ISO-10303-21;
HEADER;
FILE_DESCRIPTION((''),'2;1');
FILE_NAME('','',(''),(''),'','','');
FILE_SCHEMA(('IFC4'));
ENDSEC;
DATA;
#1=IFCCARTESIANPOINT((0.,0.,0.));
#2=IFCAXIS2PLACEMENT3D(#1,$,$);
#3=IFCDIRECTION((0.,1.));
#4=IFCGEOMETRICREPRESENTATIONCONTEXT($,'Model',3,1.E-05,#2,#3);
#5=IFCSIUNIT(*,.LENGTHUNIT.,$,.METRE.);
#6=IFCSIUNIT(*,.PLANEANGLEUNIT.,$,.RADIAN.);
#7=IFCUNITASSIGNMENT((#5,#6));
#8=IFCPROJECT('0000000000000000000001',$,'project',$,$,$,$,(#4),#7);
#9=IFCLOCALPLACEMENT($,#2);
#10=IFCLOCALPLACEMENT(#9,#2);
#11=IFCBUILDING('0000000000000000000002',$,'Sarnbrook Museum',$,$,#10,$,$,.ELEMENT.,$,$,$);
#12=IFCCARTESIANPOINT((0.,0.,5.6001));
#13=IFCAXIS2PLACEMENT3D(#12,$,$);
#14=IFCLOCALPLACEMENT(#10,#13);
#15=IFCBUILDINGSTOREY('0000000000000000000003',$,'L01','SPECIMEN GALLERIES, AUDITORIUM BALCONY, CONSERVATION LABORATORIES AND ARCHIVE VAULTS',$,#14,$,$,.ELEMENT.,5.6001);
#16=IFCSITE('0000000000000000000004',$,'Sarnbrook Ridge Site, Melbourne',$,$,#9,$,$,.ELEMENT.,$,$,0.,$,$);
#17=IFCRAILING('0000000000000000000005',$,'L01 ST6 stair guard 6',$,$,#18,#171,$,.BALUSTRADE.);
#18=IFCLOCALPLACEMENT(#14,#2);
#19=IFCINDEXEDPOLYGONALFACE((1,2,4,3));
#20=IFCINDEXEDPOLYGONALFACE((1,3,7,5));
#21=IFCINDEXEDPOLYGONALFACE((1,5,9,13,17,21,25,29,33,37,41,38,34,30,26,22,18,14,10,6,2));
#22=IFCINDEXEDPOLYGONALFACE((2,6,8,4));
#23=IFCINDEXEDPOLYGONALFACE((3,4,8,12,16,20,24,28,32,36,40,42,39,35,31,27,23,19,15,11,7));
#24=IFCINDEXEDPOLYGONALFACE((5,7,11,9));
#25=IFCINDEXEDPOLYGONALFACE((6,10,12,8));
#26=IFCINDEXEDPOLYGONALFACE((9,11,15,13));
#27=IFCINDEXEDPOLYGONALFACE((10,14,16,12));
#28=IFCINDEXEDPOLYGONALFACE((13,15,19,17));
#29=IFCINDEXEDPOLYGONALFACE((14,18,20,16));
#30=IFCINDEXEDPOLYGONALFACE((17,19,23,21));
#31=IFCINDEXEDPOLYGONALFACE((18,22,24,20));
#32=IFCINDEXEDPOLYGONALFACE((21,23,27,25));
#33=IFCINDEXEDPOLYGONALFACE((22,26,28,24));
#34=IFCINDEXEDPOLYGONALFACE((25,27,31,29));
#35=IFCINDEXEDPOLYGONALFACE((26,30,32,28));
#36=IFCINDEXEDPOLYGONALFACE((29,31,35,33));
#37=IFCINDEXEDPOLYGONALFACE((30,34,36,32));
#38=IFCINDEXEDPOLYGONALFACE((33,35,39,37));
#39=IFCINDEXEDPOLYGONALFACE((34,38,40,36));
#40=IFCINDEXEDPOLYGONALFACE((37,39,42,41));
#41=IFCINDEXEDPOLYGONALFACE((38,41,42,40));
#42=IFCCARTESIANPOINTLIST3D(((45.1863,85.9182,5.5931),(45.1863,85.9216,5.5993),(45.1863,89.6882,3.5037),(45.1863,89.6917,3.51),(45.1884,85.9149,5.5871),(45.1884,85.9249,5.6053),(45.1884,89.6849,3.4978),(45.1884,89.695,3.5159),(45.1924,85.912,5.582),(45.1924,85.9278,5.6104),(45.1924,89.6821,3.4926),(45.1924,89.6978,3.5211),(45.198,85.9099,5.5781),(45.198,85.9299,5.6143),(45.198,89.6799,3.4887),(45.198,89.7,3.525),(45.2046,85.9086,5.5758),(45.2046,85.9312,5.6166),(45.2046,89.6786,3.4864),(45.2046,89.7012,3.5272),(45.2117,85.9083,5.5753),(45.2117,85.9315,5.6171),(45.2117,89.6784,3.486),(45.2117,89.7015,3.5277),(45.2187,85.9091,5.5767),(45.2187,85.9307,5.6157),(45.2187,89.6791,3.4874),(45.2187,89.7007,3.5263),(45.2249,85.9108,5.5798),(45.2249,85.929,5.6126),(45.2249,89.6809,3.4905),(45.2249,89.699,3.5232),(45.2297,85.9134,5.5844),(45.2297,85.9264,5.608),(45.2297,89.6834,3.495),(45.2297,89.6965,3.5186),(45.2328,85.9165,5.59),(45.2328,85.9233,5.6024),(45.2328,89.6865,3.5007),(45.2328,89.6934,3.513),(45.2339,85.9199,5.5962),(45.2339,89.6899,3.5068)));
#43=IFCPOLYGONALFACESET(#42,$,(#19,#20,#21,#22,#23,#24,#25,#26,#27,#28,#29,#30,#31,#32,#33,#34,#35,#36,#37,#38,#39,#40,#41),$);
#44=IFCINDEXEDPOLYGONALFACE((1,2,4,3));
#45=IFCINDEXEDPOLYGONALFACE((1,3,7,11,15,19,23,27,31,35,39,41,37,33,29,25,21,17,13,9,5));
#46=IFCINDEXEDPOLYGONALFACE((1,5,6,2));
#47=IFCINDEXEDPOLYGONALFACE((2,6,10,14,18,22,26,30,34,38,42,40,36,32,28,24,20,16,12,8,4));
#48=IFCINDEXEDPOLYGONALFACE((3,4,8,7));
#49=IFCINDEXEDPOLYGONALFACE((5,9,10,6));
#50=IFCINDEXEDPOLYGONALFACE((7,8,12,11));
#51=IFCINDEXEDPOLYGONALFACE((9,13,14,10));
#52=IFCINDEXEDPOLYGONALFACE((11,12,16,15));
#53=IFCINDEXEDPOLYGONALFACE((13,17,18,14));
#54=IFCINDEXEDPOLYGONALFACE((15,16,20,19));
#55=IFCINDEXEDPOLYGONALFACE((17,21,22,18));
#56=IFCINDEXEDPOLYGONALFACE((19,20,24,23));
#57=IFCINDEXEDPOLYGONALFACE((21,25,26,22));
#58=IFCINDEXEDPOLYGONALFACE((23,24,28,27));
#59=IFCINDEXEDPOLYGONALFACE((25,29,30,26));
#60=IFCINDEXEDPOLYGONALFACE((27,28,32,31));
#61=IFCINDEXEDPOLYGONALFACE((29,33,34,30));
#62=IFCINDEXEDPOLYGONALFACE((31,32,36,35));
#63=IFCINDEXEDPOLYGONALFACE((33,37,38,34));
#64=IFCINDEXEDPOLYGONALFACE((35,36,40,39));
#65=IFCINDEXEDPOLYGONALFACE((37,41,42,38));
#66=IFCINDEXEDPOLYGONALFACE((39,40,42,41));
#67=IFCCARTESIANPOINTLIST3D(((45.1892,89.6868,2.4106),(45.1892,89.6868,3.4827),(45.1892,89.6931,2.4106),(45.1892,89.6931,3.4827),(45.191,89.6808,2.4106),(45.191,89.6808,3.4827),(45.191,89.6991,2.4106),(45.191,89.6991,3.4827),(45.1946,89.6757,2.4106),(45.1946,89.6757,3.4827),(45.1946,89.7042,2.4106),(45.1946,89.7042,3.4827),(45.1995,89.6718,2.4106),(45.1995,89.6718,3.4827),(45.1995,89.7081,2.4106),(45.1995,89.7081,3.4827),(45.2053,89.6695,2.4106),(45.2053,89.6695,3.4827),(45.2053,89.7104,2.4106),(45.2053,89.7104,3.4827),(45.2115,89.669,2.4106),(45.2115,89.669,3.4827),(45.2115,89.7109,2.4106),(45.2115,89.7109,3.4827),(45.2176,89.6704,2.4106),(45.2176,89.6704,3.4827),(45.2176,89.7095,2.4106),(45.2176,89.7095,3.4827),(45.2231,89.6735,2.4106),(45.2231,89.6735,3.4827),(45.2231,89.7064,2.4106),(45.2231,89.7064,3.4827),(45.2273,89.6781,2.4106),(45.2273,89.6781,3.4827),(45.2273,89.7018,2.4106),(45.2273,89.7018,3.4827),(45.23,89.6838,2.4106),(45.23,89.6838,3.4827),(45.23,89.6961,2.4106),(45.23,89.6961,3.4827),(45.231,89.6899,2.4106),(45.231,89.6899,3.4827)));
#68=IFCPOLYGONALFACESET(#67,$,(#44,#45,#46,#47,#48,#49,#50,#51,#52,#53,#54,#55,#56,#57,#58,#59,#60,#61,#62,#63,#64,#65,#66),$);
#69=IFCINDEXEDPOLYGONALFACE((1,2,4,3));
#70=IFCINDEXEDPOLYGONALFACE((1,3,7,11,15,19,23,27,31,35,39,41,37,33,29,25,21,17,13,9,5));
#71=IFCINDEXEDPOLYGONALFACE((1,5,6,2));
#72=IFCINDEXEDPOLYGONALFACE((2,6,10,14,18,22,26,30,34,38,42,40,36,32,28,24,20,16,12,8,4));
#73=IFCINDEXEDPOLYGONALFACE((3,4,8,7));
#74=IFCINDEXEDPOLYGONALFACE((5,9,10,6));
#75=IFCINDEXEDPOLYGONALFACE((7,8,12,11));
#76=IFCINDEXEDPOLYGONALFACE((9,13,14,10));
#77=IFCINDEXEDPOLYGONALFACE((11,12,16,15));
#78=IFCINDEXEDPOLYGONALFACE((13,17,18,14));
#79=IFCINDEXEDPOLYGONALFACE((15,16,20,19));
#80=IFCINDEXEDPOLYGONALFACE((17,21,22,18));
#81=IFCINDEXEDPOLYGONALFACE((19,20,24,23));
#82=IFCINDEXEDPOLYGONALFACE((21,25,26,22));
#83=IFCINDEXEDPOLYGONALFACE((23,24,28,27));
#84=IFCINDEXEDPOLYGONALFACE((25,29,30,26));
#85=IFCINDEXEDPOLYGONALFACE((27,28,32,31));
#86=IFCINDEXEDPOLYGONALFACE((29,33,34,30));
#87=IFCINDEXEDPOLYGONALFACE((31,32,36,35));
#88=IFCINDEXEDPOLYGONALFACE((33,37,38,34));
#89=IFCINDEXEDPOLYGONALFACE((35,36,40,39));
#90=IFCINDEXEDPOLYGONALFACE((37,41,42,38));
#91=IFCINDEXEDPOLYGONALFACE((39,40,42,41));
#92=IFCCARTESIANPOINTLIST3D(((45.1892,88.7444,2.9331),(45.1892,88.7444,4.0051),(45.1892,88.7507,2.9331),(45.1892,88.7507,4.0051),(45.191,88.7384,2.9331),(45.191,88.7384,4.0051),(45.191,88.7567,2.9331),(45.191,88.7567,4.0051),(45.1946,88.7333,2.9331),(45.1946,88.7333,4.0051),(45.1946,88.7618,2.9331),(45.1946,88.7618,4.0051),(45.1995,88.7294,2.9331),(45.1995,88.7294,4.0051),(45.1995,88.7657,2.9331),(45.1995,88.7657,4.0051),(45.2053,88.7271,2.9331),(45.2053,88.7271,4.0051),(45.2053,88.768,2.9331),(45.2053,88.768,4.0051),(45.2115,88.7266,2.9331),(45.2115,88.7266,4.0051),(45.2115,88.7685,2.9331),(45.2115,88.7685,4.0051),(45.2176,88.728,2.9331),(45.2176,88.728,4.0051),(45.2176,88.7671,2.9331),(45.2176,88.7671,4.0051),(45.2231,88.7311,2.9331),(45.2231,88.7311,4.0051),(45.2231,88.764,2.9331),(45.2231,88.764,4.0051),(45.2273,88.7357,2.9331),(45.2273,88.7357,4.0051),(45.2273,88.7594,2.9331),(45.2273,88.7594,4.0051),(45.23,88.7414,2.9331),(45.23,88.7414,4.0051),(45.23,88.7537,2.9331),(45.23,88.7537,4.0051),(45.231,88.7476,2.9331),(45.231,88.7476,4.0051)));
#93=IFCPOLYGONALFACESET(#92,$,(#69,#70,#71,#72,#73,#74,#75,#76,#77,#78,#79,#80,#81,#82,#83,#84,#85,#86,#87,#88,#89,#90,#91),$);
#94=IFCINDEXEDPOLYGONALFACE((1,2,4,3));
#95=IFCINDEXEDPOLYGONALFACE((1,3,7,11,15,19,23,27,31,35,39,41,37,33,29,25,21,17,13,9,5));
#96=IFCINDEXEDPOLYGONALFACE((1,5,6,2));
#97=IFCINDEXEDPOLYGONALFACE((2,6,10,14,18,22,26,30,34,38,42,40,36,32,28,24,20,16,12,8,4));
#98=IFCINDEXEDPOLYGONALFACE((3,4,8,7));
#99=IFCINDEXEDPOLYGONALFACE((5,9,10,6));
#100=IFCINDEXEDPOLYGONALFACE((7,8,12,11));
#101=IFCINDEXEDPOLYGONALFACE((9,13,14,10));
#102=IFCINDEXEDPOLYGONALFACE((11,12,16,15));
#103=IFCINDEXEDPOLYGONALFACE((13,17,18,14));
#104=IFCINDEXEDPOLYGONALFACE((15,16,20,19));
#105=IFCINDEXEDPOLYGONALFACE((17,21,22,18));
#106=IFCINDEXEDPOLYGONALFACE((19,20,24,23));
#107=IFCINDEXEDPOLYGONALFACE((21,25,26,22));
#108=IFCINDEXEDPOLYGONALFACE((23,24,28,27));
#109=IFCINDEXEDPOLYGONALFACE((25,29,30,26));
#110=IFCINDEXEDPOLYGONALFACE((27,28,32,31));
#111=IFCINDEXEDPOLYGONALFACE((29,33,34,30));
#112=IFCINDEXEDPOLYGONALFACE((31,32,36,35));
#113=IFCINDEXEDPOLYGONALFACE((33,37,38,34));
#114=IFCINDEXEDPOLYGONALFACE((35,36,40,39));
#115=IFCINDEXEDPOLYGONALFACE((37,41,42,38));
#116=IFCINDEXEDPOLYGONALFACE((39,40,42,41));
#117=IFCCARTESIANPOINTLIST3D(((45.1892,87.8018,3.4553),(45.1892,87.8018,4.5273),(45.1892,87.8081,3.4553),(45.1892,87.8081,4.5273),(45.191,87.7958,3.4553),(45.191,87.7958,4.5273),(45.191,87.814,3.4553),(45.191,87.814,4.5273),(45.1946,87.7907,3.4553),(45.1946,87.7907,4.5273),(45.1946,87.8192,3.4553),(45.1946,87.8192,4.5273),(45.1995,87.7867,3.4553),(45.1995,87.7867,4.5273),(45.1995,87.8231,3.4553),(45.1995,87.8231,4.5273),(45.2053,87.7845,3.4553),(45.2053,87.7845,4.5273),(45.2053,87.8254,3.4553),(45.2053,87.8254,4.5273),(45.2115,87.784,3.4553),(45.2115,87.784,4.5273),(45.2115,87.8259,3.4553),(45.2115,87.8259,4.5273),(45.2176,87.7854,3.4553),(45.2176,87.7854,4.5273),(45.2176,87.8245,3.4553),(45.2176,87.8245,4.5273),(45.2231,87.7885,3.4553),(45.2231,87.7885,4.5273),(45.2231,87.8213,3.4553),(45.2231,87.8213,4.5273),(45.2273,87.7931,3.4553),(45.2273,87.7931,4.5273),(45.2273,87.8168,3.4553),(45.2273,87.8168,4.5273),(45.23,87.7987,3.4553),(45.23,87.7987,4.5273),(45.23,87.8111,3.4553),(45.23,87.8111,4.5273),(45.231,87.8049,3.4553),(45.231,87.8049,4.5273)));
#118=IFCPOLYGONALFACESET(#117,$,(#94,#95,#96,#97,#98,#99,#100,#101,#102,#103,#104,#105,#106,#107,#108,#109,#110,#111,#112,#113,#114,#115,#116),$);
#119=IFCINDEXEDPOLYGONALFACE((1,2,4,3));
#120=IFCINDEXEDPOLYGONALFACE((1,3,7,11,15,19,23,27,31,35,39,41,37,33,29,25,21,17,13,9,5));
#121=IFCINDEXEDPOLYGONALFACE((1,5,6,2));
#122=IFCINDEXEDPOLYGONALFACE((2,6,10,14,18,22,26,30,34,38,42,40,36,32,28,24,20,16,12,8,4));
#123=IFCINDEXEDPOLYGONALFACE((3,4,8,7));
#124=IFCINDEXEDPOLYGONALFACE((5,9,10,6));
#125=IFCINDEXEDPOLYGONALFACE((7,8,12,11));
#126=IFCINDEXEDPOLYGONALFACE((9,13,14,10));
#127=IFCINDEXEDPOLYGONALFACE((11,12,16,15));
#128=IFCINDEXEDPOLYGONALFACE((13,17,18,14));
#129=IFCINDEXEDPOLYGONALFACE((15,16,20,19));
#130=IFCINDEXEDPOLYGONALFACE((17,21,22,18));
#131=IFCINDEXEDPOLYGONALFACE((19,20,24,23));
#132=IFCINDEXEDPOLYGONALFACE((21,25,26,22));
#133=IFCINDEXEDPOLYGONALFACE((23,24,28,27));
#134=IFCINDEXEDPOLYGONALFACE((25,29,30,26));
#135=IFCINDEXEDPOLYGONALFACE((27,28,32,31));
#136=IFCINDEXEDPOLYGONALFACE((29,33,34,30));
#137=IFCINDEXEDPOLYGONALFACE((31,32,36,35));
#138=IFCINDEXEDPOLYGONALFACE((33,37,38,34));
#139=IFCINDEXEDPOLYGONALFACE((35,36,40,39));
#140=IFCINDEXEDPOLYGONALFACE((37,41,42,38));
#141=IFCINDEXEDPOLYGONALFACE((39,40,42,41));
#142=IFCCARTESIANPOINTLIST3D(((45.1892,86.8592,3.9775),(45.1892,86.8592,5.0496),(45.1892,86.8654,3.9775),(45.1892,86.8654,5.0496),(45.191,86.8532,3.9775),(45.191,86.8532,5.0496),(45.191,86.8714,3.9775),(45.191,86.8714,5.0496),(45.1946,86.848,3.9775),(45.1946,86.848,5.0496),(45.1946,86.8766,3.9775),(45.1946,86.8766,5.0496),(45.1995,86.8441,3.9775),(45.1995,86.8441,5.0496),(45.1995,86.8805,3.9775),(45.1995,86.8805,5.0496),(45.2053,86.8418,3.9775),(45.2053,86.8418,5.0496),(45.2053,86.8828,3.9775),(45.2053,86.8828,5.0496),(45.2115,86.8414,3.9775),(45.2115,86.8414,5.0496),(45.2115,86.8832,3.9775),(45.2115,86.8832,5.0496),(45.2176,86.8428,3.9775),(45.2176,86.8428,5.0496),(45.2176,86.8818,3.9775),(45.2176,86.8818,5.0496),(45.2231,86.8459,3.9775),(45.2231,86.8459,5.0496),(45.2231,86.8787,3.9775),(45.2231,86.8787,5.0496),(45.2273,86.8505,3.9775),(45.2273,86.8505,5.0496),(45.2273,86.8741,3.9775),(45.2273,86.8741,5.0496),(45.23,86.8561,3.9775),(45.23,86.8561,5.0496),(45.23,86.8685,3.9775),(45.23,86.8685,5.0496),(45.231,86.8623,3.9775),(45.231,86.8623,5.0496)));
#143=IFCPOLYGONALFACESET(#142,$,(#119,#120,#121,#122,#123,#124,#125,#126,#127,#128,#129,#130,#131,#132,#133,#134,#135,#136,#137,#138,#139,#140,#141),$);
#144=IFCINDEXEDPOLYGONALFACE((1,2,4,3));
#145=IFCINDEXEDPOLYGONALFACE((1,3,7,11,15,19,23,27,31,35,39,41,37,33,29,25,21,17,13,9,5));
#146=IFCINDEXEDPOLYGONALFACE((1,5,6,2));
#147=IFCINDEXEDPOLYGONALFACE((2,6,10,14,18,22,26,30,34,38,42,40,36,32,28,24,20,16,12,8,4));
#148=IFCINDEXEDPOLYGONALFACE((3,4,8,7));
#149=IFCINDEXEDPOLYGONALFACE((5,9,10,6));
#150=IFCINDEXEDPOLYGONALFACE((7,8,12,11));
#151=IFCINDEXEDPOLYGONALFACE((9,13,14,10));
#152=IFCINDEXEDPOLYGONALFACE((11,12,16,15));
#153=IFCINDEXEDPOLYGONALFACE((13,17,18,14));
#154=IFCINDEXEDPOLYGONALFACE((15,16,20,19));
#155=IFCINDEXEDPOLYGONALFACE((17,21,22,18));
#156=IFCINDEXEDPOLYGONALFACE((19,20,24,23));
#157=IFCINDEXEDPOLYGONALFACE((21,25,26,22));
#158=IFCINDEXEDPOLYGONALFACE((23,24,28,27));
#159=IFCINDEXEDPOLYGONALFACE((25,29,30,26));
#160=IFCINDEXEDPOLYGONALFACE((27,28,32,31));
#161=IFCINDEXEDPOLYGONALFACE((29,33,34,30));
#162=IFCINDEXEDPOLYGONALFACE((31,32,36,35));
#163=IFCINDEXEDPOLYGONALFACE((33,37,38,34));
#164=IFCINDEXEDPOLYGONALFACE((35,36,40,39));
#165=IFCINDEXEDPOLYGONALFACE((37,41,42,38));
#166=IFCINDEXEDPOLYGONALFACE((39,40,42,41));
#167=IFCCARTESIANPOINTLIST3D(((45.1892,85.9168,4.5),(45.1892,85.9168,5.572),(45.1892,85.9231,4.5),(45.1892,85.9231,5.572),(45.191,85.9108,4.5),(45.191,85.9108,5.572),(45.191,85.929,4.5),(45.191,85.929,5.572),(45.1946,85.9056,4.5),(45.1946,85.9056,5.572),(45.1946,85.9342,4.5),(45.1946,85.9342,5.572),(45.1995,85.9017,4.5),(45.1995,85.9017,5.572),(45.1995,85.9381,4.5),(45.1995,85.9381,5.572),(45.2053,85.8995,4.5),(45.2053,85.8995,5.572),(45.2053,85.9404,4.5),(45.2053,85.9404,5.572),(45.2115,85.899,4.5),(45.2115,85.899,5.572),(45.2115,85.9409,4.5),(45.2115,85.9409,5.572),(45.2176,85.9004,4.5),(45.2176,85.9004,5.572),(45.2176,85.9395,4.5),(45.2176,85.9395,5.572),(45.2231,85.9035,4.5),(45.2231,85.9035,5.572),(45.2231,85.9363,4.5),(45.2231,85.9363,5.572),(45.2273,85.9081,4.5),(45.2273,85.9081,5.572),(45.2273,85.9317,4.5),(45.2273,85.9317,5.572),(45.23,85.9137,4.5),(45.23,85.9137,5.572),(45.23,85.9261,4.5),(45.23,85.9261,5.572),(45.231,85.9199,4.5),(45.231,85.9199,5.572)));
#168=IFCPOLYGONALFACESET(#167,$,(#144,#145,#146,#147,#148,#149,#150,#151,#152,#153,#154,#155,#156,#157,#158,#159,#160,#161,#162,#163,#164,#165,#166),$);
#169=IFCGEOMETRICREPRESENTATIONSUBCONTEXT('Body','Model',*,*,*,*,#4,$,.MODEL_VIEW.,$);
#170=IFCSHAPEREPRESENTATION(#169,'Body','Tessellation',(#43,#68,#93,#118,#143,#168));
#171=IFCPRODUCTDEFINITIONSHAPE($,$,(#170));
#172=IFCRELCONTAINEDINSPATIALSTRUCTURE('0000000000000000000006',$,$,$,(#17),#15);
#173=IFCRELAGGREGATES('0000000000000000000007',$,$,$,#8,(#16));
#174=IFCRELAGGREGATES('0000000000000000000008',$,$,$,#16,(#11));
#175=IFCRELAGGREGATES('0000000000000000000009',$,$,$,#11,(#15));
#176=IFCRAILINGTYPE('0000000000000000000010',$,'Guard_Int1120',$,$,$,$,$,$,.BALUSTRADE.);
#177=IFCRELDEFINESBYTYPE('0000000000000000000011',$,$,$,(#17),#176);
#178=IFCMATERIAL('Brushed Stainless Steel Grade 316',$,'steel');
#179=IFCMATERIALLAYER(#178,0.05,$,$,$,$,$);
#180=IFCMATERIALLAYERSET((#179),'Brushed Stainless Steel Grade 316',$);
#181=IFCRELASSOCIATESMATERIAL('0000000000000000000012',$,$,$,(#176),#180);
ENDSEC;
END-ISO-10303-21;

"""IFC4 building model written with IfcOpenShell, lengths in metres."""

from ifc_helpers import new_model, si_unit, direction, frame, origin, origin_2d, place, context, subcontext, project, spatial, circle, extrude, material, layer, layer_set, type_object, element, save


model = new_model("IFC4")

# Units and contexts
model_context = context("Model", 3, precision=1e-05, world=origin(), true_north=direction((0.0, 1.0)))
body_context = subcontext(model_context, "Body", "Model", "MODEL_VIEW")
ifc_project = project(units=[si_unit("LENGTHUNIT", "METRE"), si_unit("PLANEANGLEUNIT", "RADIAN")], contexts=[model_context])

# Site, building, storey
site_placement = place(None, origin())
site = spatial("IfcSite", under=ifc_project, at=site_placement, Name="Sarnbrook Ridge Site, Melbourne", CompositionType="ELEMENT", RefElevation=0.0)
building_placement = place(site_placement, origin())
building = spatial("IfcBuilding", under=site, at=building_placement, Name="Sarnbrook Museum", CompositionType="ELEMENT")
storey_placement = place(building_placement, frame((0.0, 0.0, 5.6001)))
storey = spatial("IfcBuildingStorey", under=building, at=storey_placement, Name="L01", Description="SPECIMEN GALLERIES, AUDITORIUM BALCONY, CONSERVATION LABORATORIES AND ARCHIVE VAULTS", CompositionType="ELEMENT", Elevation=5.6001)

# Railing
ifc_material_1 = material(Name="Brushed Stainless Steel Grade 316", Category="steel")
ifc_layer_1 = layer(ifc_material_1, 0.05)
ifc_layer_set_1 = layer_set([ifc_layer_1], Name="Brushed Stainless Steel Grade 316")
railing_type_1 = type_object("IfcRailingType", Name="Guard_Int1120", PredefinedType="BALUSTRADE", material=ifc_layer_set_1)
railing_1_placement = place(storey_placement, frame((45.21, 89.6899, 2.4106)))
element("IfcRailing", 1, at=railing_1_placement, inside=storey, type_object=railing_type_1, Name="L01 ST6 stair guard 6", PredefinedType="BALUSTRADE", context=body_context, shape_type="SweptSolid", body=[
    extrude(circle(Radius=0.0239, at=origin_2d()), frame((0.0, 0.0, 1.0962), z_axis=(0.0, -0.874659, 0.484739), x_axis=(1.0, 0.0, 0.0)), (0.0, 0.0, 1.0), 4.3103),
    extrude(circle(Radius=0.021, at=origin_2d()), origin(), (0.0, 0.0, 1.0), 1.072),
    extrude(circle(Radius=0.021, at=origin_2d()), frame((0.0, -0.9424, 0.5225)), (0.0, 0.0, 1.0), 1.072),
    extrude(circle(Radius=0.021, at=origin_2d()), frame((0.0, -1.885, 1.0447)), (0.0, 0.0, 1.0), 1.072),
    extrude(circle(Radius=0.021, at=origin_2d()), frame((0.0, -2.8276, 1.5669)), (0.0, 0.0, 1.0), 1.072),
    extrude(circle(Radius=0.021, at=origin_2d()), frame((0.0, -3.77, 2.0894)), (0.0, 0.0, 1.0), 1.072),
])

save(model, "model.ifc")
